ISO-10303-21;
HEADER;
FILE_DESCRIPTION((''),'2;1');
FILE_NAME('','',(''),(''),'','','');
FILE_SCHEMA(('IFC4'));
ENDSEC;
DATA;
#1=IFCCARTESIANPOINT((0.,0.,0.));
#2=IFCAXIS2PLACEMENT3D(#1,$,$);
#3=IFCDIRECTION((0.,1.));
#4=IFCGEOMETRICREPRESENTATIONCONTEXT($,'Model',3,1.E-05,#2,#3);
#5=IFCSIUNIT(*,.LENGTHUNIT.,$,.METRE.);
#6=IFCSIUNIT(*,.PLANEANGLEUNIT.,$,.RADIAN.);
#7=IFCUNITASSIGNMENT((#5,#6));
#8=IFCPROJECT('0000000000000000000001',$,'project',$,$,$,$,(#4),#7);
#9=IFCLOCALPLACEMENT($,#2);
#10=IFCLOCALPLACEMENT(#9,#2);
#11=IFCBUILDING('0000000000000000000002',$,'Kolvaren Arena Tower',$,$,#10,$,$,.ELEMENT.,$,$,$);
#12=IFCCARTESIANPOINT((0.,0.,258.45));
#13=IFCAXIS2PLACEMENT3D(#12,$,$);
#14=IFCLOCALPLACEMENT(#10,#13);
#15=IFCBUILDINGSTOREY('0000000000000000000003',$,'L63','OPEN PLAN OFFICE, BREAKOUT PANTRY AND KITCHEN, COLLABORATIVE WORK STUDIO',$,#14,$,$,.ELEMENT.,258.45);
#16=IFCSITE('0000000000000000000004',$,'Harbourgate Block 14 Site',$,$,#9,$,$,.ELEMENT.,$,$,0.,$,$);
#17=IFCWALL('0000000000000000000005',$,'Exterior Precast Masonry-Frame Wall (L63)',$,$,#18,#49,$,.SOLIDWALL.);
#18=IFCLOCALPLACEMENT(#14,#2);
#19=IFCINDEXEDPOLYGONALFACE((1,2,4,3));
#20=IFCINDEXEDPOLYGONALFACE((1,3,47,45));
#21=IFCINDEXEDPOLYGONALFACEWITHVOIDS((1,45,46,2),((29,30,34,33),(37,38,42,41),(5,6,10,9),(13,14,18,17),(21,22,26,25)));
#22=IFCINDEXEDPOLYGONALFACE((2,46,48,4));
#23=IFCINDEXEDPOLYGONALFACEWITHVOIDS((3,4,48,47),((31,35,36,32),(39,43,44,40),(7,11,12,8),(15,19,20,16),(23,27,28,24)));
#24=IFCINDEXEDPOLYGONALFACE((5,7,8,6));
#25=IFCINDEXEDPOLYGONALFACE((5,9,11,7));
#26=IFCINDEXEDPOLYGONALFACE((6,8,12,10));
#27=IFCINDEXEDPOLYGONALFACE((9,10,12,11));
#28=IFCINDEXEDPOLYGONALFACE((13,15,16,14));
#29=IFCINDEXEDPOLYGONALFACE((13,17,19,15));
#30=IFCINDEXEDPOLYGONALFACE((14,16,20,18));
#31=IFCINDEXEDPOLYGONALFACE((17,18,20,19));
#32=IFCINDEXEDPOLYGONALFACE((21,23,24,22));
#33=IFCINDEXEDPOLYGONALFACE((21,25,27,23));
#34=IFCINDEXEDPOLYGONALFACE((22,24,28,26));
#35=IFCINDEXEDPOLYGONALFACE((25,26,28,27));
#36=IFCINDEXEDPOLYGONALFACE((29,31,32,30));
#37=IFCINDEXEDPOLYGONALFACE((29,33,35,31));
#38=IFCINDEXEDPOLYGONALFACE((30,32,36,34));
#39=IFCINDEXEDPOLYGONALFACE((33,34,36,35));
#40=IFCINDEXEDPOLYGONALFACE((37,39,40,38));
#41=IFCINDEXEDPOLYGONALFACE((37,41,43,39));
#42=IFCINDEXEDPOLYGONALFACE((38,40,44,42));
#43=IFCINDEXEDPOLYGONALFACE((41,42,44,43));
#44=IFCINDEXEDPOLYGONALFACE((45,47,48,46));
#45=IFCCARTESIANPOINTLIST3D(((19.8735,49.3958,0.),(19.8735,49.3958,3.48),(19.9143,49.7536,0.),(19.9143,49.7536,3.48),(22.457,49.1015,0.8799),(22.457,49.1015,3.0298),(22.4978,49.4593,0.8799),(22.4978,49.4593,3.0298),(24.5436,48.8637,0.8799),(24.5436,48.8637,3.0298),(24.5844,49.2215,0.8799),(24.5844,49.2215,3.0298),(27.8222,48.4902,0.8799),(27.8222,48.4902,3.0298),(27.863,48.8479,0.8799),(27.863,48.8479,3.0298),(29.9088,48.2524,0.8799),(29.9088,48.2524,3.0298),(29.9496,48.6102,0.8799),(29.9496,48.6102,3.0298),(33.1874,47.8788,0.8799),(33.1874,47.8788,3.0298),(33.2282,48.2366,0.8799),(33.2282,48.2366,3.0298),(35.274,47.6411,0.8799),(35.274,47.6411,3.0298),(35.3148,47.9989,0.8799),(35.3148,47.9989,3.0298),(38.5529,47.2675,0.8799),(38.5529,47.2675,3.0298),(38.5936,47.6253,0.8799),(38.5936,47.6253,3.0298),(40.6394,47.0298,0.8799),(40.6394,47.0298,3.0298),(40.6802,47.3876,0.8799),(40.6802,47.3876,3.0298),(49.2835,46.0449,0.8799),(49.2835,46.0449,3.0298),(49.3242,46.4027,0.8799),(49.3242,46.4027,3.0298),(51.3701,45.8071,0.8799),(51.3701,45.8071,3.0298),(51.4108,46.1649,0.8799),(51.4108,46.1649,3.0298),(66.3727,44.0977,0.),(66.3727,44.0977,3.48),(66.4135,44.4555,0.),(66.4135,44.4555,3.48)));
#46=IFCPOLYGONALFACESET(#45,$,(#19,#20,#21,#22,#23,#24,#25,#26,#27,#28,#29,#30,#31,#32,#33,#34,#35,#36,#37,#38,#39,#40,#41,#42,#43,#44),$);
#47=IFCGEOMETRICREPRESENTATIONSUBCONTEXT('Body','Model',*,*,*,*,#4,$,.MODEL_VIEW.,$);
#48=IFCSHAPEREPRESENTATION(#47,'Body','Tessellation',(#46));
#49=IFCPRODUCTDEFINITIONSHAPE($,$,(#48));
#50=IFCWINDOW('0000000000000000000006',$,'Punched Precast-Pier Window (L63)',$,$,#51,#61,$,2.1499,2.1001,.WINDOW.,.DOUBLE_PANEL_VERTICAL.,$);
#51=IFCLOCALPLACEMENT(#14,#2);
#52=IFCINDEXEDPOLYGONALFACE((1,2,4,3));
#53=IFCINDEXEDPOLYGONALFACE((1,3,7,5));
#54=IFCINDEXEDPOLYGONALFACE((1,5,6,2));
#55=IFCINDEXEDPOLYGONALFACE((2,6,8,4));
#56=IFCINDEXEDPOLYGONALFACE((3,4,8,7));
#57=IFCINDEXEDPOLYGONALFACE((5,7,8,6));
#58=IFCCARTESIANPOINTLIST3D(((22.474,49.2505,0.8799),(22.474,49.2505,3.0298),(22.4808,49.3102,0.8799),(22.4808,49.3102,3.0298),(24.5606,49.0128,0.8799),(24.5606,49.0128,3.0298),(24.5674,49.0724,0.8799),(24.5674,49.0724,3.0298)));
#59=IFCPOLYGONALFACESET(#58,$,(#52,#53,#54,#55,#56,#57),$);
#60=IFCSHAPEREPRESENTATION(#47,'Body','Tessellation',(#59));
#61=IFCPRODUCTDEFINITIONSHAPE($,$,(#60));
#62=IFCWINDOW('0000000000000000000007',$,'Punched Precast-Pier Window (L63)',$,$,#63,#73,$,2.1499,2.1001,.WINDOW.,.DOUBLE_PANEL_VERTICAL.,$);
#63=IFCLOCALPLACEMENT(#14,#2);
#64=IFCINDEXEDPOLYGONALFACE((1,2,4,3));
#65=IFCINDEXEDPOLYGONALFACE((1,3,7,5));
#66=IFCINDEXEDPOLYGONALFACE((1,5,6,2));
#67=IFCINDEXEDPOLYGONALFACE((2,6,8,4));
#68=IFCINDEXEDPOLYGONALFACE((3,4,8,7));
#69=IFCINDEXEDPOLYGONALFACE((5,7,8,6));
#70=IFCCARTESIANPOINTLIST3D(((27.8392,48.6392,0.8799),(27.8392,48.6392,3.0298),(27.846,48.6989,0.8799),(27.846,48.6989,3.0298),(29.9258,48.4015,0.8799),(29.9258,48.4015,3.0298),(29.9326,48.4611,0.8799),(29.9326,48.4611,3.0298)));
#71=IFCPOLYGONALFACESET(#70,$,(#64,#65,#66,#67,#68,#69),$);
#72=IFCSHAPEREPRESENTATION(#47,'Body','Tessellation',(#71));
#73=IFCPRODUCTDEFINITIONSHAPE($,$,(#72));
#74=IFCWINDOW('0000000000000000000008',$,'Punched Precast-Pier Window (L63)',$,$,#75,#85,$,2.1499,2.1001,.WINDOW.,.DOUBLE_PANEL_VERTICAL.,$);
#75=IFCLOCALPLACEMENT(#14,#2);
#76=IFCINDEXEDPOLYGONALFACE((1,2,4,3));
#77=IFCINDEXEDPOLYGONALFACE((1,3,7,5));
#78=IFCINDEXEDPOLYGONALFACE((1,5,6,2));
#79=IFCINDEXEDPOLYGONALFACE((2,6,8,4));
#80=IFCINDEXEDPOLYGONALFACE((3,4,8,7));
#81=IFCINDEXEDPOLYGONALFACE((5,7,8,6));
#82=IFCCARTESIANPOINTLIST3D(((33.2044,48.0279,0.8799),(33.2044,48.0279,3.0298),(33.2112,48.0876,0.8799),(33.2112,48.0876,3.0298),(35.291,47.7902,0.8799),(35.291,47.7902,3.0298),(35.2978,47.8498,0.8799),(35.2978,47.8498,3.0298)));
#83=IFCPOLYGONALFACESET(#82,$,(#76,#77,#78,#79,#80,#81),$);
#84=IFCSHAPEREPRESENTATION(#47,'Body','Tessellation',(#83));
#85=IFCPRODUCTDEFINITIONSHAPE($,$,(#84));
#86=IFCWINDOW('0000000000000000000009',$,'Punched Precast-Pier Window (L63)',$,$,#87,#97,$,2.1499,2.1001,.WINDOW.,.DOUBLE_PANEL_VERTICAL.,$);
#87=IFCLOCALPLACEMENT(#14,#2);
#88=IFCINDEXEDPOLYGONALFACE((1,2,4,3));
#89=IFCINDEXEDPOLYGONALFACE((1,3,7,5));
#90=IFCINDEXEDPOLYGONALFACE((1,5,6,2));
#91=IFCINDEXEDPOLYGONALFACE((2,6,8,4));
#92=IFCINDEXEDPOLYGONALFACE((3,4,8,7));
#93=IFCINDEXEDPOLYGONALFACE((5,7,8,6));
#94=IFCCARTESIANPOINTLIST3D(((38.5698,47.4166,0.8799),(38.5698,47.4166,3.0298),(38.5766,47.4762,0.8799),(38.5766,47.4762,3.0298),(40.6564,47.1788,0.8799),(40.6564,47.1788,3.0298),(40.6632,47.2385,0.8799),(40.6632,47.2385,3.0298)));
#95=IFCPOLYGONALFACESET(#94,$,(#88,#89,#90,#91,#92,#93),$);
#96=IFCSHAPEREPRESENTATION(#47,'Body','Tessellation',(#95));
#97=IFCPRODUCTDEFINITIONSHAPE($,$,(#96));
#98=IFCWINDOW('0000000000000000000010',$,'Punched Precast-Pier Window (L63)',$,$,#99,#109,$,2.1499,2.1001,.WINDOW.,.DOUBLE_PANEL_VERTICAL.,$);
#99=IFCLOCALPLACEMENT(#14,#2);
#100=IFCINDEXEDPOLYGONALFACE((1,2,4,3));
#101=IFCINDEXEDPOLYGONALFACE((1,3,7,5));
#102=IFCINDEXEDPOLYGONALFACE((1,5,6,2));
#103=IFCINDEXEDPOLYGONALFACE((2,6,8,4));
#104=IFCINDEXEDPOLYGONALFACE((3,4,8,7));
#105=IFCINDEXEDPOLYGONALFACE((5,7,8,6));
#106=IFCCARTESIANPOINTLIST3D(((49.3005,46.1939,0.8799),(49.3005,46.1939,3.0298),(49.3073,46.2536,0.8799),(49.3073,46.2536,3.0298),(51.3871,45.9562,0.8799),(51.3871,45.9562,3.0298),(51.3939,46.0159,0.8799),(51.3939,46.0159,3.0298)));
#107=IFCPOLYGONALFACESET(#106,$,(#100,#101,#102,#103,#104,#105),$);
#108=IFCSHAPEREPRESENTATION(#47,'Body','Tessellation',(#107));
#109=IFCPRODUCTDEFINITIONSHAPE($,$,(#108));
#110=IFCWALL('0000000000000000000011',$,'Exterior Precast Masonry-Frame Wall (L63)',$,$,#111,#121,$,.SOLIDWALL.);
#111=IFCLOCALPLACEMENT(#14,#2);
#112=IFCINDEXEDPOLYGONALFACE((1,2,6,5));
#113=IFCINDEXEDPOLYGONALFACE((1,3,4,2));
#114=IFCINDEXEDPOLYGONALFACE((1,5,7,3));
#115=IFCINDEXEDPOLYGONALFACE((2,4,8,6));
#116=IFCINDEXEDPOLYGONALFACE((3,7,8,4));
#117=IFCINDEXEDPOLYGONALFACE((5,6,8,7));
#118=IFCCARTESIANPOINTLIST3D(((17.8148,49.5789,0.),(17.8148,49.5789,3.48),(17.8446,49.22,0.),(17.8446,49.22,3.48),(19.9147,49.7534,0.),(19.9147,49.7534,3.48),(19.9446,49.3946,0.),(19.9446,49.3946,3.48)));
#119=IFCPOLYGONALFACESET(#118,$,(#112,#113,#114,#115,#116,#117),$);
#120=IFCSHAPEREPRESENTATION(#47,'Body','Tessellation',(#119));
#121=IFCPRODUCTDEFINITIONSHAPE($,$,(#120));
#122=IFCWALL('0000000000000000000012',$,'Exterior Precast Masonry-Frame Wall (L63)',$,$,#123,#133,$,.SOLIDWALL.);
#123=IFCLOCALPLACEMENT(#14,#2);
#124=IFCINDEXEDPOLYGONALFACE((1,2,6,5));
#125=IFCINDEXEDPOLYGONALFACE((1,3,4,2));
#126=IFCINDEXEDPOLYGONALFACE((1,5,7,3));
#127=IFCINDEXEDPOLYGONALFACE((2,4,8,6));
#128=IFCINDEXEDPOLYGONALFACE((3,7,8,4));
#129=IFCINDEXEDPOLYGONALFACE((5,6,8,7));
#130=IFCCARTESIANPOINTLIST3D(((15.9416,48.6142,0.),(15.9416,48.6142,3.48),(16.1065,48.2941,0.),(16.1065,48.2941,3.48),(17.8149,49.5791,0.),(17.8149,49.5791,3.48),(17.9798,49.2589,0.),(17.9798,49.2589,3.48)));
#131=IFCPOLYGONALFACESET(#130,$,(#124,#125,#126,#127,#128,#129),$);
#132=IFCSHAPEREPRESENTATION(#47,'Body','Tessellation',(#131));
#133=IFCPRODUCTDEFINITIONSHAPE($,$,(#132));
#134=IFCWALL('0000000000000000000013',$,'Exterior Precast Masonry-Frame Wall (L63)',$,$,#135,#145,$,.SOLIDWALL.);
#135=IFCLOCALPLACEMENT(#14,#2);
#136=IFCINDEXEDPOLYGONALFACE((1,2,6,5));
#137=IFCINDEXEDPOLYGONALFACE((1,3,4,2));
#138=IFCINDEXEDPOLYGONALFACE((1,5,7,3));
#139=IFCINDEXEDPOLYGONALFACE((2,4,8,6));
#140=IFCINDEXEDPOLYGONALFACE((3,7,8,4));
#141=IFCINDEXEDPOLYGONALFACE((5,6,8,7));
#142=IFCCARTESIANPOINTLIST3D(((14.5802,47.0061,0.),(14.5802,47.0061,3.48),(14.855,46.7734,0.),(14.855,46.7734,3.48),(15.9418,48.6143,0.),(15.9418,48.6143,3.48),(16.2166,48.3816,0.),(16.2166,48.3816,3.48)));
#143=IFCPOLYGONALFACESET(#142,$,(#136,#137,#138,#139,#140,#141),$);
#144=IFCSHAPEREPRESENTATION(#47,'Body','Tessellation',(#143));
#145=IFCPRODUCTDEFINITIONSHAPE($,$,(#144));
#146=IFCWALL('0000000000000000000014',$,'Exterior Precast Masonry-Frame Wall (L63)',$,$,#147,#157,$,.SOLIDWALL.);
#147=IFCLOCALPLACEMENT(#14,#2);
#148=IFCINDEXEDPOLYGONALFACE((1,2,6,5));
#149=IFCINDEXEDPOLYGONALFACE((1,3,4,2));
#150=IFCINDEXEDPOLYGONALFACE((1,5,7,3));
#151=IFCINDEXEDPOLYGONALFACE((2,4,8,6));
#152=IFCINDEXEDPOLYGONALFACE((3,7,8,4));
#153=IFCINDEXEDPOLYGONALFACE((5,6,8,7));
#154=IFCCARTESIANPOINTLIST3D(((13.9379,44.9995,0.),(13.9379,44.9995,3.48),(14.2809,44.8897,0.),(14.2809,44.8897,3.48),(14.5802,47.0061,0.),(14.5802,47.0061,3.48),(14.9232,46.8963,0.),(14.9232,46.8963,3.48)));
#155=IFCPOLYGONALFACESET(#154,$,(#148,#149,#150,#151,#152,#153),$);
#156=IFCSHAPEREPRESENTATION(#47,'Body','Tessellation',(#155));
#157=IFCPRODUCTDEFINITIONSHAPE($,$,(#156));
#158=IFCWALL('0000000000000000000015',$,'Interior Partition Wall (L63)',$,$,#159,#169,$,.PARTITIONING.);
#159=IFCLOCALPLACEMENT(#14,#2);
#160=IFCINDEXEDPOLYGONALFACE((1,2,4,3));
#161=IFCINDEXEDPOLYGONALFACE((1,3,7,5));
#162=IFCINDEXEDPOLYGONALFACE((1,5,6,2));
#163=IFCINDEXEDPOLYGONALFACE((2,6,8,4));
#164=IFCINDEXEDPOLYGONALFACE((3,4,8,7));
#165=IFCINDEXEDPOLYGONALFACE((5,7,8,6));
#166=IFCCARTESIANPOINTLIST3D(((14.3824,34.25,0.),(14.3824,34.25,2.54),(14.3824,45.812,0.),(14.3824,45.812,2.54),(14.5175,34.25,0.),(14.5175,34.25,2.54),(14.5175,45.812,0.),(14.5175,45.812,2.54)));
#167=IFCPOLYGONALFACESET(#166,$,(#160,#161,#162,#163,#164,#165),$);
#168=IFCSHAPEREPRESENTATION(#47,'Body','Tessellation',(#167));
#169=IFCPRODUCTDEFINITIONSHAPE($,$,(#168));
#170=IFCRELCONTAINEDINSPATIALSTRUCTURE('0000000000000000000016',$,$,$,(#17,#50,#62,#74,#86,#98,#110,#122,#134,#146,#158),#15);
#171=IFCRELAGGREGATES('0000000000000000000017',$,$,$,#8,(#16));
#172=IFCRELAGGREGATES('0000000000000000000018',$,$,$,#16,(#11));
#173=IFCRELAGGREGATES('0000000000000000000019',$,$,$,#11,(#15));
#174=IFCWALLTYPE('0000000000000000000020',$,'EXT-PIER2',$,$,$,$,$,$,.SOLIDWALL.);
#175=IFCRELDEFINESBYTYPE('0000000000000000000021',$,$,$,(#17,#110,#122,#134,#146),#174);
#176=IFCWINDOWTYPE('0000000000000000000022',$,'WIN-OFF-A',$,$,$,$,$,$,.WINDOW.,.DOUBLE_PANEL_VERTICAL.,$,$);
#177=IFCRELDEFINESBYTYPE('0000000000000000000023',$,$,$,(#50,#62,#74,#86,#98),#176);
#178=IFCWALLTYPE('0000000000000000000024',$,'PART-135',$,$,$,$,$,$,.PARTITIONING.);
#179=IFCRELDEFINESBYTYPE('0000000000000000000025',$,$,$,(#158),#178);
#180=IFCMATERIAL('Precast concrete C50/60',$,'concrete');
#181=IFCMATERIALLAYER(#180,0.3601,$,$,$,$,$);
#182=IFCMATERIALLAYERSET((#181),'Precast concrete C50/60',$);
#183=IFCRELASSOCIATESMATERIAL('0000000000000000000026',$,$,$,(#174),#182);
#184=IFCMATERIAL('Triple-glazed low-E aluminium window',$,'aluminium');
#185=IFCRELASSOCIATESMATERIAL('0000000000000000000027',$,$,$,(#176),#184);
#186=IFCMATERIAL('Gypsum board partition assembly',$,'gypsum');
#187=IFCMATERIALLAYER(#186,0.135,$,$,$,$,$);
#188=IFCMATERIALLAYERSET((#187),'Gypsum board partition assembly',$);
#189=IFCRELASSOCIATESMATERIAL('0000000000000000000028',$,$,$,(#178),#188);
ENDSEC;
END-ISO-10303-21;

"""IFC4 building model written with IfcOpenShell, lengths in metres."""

from ifc_helpers import new_model, si_unit, direction, frame, frame_2d, origin, place, context, subcontext, project, spatial, rectangle, extrude, material, layer, layer_set, type_object, element, fill, save


model = new_model("IFC4")

# Units and contexts
model_context = context("Model", 3, precision=1e-05, world=origin(), true_north=direction((0.0, 1.0)))
body_context = subcontext(model_context, "Body", "Model", "MODEL_VIEW")
ifc_project = project(units=[si_unit("LENGTHUNIT", "METRE"), si_unit("PLANEANGLEUNIT", "RADIAN")], contexts=[model_context])

# Site, building, storey
site_placement = place(None, origin())
site = spatial("IfcSite", under=ifc_project, at=site_placement, Name="Harbourgate Block 14 Site", CompositionType="ELEMENT", RefElevation=0.0)
building_placement = place(site_placement, origin())
building = spatial("IfcBuilding", under=site, at=building_placement, Name="Kolvaren Arena Tower", CompositionType="ELEMENT")
storey_placement = place(building_placement, frame((0.0, 0.0, 258.45)))
storey = spatial("IfcBuildingStorey", under=building, at=storey_placement, Name="L63", Description="OPEN PLAN OFFICE, BREAKOUT PANTRY AND KITCHEN, COLLABORATIVE WORK STUDIO", CompositionType="ELEMENT", Elevation=258.45)

# Wall, openings, windows
ifc_material_1 = material(Name="Precast concrete C50/60", Category="concrete")
ifc_layer_1 = layer(ifc_material_1, 0.3601)
ifc_layer_set_1 = layer_set([ifc_layer_1], Name="Precast concrete C50/60")
wall_type_1 = type_object("IfcWallType", Name="EXT-PIER2", PredefinedType="SOLIDWALL", material=ifc_layer_set_1)
wall_1_placement = place(storey_placement, frame((19.894, 49.5747, 0.0), z_axis=(0.0, 0.0, 1.0), x_axis=(0.993571, -0.113207, 0.0)))
wall_1 = element("IfcWall", 1, at=wall_1_placement, inside=storey, type_object=wall_type_1, Name="Exterior Precast Masonry-Frame Wall (L63)", PredefinedType="SOLIDWALL", context=body_context, shape_type="SweptSolid", body=[
    extrude(rectangle(XDim=46.8, YDim=0.3601, at=frame_2d((23.3999, 0.0))), origin(), (0.0, 0.0, 1.0), 3.48),
])
opening_1_placement = place(wall_1_placement, frame((2.6001, 0.0, 0.8799)))
opening_1 = element("IfcOpeningElement", 2, at=opening_1_placement, cuts=wall_1, PredefinedType="OPENING", context=body_context, shape_type="SweptSolid", body=[
    extrude(rectangle(XDim=2.1001, YDim=2.1499, at=frame_2d((1.05, 1.075))), frame((0.0, 0.1899, 0.0), z_axis=(0.0, -1.0, 0.0), x_axis=(1.0, 0.0, 0.0)), (0.0, 0.0, 1.0), 0.3801),
])
opening_2_placement = place(wall_1_placement, frame((8.0, 0.0, 0.8799)))
opening_2 = element("IfcOpeningElement", 3, at=opening_2_placement, cuts=wall_1, PredefinedType="OPENING", context=body_context, shape_type="SweptSolid", body=[
    extrude(rectangle(XDim=2.1001, YDim=2.1499, at=frame_2d((1.05, 1.075))), frame((0.0, 0.1899, 0.0), z_axis=(0.0, -1.0, 0.0), x_axis=(1.0, 0.0, 0.0)), (0.0, 0.0, 1.0), 0.3801),
])
opening_3_placement = place(wall_1_placement, frame((13.3999, 0.0, 0.8799)))
opening_3 = element("IfcOpeningElement", 4, at=opening_3_placement, cuts=wall_1, PredefinedType="OPENING", context=body_context, shape_type="SweptSolid", body=[
    extrude(rectangle(XDim=2.1001, YDim=2.1499, at=frame_2d((1.05, 1.075))), frame((0.0, 0.1899, 0.0), z_axis=(0.0, -1.0, 0.0), x_axis=(1.0, 0.0, 0.0)), (0.0, 0.0, 1.0), 0.3801),
])
opening_4_placement = place(wall_1_placement, frame((18.8, 0.0, 0.8799)))
opening_4 = element("IfcOpeningElement", 5, at=opening_4_placement, cuts=wall_1, PredefinedType="OPENING", context=body_context, shape_type="SweptSolid", body=[
    extrude(rectangle(XDim=2.1001, YDim=2.1499, at=frame_2d((1.05, 1.075))), frame((0.0, 0.1899, 0.0), z_axis=(0.0, -1.0, 0.0), x_axis=(1.0, 0.0, 0.0)), (0.0, 0.0, 1.0), 0.3801),
])
opening_5_placement = place(wall_1_placement, frame((29.6001, 0.0, 0.8799)))
opening_5 = element("IfcOpeningElement", 6, at=opening_5_placement, cuts=wall_1, PredefinedType="OPENING", context=body_context, shape_type="SweptSolid", body=[
    extrude(rectangle(XDim=2.1001, YDim=2.1499, at=frame_2d((1.05, 1.075))), frame((0.0, 0.1899, 0.0), z_axis=(0.0, -1.0, 0.0), x_axis=(1.0, 0.0, 0.0)), (0.0, 0.0, 1.0), 0.3801),
])
ifc_material_2 = material(Name="Triple-glazed low-E aluminium window", Category="aluminium")
window_type = type_object("IfcWindowType", Name="WIN-OFF-A", PartitioningType="DOUBLE_PANEL_VERTICAL", PredefinedType="WINDOW", material=ifc_material_2)
window_1_placement = place(opening_1_placement, origin())
window_1 = element("IfcWindow", 7, at=window_1_placement, inside=storey, type_object=window_type, Name="Punched Precast-Pier Window (L63)", OverallHeight=2.1499, OverallWidth=2.1001, PartitioningType="DOUBLE_PANEL_VERTICAL", PredefinedType="WINDOW", context=body_context, shape_type="SweptSolid", body=[
    extrude(rectangle(XDim=2.1001, YDim=2.1499, at=frame_2d((1.05, 1.075))), frame((0.0, 0.03, 0.0), z_axis=(0.0, -1.0, 0.0), x_axis=(1.0, 0.0, 0.0)), (0.0, 0.0, 1.0), 0.0601),
])
fill(opening_1, window_1)
window_2_placement = place(opening_2_placement, origin())
window_2 = element("IfcWindow", 8, at=window_2_placement, inside=storey, type_object=window_type, Name="Punched Precast-Pier Window (L63)", OverallHeight=2.1499, OverallWidth=2.1001, PartitioningType="DOUBLE_PANEL_VERTICAL", PredefinedType="WINDOW", context=body_context, shape_type="SweptSolid", body=[
    extrude(rectangle(XDim=2.1001, YDim=2.1499, at=frame_2d((1.05, 1.075))), frame((0.0, 0.03, 0.0), z_axis=(0.0, -1.0, 0.0), x_axis=(1.0, 0.0, 0.0)), (0.0, 0.0, 1.0), 0.0601),
])
fill(opening_2, window_2)
window_3_placement = place(opening_3_placement, origin())
window_3 = element("IfcWindow", 9, at=window_3_placement, inside=storey, type_object=window_type, Name="Punched Precast-Pier Window (L63)", OverallHeight=2.1499, OverallWidth=2.1001, PartitioningType="DOUBLE_PANEL_VERTICAL", PredefinedType="WINDOW", context=body_context, shape_type="SweptSolid", body=[
    extrude(rectangle(XDim=2.1001, YDim=2.1499, at=frame_2d((1.05, 1.075))), frame((0.0, 0.03, 0.0), z_axis=(0.0, -1.0, 0.0), x_axis=(1.0, 0.0, 0.0)), (0.0, 0.0, 1.0), 0.0601),
])
fill(opening_3, window_3)
window_4_placement = place(opening_4_placement, origin())
window_4 = element("IfcWindow", 10, at=window_4_placement, inside=storey, type_object=window_type, Name="Punched Precast-Pier Window (L63)", OverallHeight=2.1499, OverallWidth=2.1001, PartitioningType="DOUBLE_PANEL_VERTICAL", PredefinedType="WINDOW", context=body_context, shape_type="SweptSolid", body=[
    extrude(rectangle(XDim=2.1001, YDim=2.1499, at=frame_2d((1.05, 1.075))), frame((0.0, 0.03, 0.0), z_axis=(0.0, -1.0, 0.0), x_axis=(1.0, 0.0, 0.0)), (0.0, 0.0, 1.0), 0.0601),
])
fill(opening_4, window_4)
window_5_placement = place(opening_5_placement, origin())
window_5 = element("IfcWindow", 11, at=window_5_placement, inside=storey, type_object=window_type, Name="Punched Precast-Pier Window (L63)", OverallHeight=2.1499, OverallWidth=2.1001, PartitioningType="DOUBLE_PANEL_VERTICAL", PredefinedType="WINDOW", context=body_context, shape_type="SweptSolid", body=[
    extrude(rectangle(XDim=2.1001, YDim=2.1499, at=frame_2d((1.05, 1.075))), frame((0.0, 0.03, 0.0), z_axis=(0.0, -1.0, 0.0), x_axis=(1.0, 0.0, 0.0)), (0.0, 0.0, 1.0), 0.0601),
])
fill(opening_5, window_5)

# Walls
for number, where, z_axis, x_axis, name in (
    (12, (17.8296, 49.3994, 0.0), (0.0, 0.0, 1.0), (0.996563, 0.082844, 0.0), "Exterior Precast Masonry-Frame Wall (L63)"),
    (13, (16.0239, 48.4541, 0.0), (0.0, 0.0, 1.0), (0.88901, 0.457887, 0.0), "Exterior Precast Masonry-Frame Wall (L63)"),
    (14, (14.7175, 46.8896, 0.0), (0.0, 0.0, 1.0), (0.646171, 0.763193, 0.0), "Exterior Precast Masonry-Frame Wall (L63)"),
):
    element("IfcWall", number, at=place(storey_placement, frame(where, z_axis=z_axis, x_axis=x_axis)), inside=storey, type_object=wall_type_1, Name=name, PredefinedType="SOLIDWALL", context=body_context, shape_type="SweptSolid", body=[
        extrude(rectangle(XDim=2.1072, YDim=0.3601, at=frame_2d((1.0537, 0.0))), origin(), (0.0, 0.0, 1.0), 3.48),
    ])
wall_2_placement = place(storey_placement, frame((14.1094, 44.9446, 0.0), z_axis=(0.0, 0.0, 1.0), x_axis=(0.304872, 0.952393, 0.0)))
element("IfcWall", 15, at=wall_2_placement, inside=storey, type_object=wall_type_1, Name="Exterior Precast Masonry-Frame Wall (L63)", PredefinedType="SOLIDWALL", context=body_context, shape_type="SweptSolid", body=[
    extrude(rectangle(XDim=2.1069, YDim=0.3601, at=frame_2d((1.0535, 0.0))), origin(), (0.0, 0.0, 1.0), 3.48),
])
ifc_material_3 = material(Name="Gypsum board partition assembly", Category="gypsum")
ifc_layer_2 = layer(ifc_material_3, 0.135)
ifc_layer_set_2 = layer_set([ifc_layer_2], Name="Gypsum board partition assembly")
wall_type_2 = type_object("IfcWallType", Name="PART-135", PredefinedType="PARTITIONING", material=ifc_layer_set_2)
wall_3_placement = place(storey_placement, frame((14.45, 34.25, 0.0), z_axis=(0.0, 0.0, 1.0), x_axis=(0.0, 1.0, 0.0)))
element("IfcWall", 16, at=wall_3_placement, inside=storey, type_object=wall_type_2, Name="Interior Partition Wall (L63)", PredefinedType="PARTITIONING", context=body_context, shape_type="SweptSolid", body=[
    extrude(rectangle(XDim=11.562, YDim=0.135, at=frame_2d((5.781, 0.0))), origin(), (0.0, 0.0, 1.0), 2.54),
])

save(model, "model.ifc")
